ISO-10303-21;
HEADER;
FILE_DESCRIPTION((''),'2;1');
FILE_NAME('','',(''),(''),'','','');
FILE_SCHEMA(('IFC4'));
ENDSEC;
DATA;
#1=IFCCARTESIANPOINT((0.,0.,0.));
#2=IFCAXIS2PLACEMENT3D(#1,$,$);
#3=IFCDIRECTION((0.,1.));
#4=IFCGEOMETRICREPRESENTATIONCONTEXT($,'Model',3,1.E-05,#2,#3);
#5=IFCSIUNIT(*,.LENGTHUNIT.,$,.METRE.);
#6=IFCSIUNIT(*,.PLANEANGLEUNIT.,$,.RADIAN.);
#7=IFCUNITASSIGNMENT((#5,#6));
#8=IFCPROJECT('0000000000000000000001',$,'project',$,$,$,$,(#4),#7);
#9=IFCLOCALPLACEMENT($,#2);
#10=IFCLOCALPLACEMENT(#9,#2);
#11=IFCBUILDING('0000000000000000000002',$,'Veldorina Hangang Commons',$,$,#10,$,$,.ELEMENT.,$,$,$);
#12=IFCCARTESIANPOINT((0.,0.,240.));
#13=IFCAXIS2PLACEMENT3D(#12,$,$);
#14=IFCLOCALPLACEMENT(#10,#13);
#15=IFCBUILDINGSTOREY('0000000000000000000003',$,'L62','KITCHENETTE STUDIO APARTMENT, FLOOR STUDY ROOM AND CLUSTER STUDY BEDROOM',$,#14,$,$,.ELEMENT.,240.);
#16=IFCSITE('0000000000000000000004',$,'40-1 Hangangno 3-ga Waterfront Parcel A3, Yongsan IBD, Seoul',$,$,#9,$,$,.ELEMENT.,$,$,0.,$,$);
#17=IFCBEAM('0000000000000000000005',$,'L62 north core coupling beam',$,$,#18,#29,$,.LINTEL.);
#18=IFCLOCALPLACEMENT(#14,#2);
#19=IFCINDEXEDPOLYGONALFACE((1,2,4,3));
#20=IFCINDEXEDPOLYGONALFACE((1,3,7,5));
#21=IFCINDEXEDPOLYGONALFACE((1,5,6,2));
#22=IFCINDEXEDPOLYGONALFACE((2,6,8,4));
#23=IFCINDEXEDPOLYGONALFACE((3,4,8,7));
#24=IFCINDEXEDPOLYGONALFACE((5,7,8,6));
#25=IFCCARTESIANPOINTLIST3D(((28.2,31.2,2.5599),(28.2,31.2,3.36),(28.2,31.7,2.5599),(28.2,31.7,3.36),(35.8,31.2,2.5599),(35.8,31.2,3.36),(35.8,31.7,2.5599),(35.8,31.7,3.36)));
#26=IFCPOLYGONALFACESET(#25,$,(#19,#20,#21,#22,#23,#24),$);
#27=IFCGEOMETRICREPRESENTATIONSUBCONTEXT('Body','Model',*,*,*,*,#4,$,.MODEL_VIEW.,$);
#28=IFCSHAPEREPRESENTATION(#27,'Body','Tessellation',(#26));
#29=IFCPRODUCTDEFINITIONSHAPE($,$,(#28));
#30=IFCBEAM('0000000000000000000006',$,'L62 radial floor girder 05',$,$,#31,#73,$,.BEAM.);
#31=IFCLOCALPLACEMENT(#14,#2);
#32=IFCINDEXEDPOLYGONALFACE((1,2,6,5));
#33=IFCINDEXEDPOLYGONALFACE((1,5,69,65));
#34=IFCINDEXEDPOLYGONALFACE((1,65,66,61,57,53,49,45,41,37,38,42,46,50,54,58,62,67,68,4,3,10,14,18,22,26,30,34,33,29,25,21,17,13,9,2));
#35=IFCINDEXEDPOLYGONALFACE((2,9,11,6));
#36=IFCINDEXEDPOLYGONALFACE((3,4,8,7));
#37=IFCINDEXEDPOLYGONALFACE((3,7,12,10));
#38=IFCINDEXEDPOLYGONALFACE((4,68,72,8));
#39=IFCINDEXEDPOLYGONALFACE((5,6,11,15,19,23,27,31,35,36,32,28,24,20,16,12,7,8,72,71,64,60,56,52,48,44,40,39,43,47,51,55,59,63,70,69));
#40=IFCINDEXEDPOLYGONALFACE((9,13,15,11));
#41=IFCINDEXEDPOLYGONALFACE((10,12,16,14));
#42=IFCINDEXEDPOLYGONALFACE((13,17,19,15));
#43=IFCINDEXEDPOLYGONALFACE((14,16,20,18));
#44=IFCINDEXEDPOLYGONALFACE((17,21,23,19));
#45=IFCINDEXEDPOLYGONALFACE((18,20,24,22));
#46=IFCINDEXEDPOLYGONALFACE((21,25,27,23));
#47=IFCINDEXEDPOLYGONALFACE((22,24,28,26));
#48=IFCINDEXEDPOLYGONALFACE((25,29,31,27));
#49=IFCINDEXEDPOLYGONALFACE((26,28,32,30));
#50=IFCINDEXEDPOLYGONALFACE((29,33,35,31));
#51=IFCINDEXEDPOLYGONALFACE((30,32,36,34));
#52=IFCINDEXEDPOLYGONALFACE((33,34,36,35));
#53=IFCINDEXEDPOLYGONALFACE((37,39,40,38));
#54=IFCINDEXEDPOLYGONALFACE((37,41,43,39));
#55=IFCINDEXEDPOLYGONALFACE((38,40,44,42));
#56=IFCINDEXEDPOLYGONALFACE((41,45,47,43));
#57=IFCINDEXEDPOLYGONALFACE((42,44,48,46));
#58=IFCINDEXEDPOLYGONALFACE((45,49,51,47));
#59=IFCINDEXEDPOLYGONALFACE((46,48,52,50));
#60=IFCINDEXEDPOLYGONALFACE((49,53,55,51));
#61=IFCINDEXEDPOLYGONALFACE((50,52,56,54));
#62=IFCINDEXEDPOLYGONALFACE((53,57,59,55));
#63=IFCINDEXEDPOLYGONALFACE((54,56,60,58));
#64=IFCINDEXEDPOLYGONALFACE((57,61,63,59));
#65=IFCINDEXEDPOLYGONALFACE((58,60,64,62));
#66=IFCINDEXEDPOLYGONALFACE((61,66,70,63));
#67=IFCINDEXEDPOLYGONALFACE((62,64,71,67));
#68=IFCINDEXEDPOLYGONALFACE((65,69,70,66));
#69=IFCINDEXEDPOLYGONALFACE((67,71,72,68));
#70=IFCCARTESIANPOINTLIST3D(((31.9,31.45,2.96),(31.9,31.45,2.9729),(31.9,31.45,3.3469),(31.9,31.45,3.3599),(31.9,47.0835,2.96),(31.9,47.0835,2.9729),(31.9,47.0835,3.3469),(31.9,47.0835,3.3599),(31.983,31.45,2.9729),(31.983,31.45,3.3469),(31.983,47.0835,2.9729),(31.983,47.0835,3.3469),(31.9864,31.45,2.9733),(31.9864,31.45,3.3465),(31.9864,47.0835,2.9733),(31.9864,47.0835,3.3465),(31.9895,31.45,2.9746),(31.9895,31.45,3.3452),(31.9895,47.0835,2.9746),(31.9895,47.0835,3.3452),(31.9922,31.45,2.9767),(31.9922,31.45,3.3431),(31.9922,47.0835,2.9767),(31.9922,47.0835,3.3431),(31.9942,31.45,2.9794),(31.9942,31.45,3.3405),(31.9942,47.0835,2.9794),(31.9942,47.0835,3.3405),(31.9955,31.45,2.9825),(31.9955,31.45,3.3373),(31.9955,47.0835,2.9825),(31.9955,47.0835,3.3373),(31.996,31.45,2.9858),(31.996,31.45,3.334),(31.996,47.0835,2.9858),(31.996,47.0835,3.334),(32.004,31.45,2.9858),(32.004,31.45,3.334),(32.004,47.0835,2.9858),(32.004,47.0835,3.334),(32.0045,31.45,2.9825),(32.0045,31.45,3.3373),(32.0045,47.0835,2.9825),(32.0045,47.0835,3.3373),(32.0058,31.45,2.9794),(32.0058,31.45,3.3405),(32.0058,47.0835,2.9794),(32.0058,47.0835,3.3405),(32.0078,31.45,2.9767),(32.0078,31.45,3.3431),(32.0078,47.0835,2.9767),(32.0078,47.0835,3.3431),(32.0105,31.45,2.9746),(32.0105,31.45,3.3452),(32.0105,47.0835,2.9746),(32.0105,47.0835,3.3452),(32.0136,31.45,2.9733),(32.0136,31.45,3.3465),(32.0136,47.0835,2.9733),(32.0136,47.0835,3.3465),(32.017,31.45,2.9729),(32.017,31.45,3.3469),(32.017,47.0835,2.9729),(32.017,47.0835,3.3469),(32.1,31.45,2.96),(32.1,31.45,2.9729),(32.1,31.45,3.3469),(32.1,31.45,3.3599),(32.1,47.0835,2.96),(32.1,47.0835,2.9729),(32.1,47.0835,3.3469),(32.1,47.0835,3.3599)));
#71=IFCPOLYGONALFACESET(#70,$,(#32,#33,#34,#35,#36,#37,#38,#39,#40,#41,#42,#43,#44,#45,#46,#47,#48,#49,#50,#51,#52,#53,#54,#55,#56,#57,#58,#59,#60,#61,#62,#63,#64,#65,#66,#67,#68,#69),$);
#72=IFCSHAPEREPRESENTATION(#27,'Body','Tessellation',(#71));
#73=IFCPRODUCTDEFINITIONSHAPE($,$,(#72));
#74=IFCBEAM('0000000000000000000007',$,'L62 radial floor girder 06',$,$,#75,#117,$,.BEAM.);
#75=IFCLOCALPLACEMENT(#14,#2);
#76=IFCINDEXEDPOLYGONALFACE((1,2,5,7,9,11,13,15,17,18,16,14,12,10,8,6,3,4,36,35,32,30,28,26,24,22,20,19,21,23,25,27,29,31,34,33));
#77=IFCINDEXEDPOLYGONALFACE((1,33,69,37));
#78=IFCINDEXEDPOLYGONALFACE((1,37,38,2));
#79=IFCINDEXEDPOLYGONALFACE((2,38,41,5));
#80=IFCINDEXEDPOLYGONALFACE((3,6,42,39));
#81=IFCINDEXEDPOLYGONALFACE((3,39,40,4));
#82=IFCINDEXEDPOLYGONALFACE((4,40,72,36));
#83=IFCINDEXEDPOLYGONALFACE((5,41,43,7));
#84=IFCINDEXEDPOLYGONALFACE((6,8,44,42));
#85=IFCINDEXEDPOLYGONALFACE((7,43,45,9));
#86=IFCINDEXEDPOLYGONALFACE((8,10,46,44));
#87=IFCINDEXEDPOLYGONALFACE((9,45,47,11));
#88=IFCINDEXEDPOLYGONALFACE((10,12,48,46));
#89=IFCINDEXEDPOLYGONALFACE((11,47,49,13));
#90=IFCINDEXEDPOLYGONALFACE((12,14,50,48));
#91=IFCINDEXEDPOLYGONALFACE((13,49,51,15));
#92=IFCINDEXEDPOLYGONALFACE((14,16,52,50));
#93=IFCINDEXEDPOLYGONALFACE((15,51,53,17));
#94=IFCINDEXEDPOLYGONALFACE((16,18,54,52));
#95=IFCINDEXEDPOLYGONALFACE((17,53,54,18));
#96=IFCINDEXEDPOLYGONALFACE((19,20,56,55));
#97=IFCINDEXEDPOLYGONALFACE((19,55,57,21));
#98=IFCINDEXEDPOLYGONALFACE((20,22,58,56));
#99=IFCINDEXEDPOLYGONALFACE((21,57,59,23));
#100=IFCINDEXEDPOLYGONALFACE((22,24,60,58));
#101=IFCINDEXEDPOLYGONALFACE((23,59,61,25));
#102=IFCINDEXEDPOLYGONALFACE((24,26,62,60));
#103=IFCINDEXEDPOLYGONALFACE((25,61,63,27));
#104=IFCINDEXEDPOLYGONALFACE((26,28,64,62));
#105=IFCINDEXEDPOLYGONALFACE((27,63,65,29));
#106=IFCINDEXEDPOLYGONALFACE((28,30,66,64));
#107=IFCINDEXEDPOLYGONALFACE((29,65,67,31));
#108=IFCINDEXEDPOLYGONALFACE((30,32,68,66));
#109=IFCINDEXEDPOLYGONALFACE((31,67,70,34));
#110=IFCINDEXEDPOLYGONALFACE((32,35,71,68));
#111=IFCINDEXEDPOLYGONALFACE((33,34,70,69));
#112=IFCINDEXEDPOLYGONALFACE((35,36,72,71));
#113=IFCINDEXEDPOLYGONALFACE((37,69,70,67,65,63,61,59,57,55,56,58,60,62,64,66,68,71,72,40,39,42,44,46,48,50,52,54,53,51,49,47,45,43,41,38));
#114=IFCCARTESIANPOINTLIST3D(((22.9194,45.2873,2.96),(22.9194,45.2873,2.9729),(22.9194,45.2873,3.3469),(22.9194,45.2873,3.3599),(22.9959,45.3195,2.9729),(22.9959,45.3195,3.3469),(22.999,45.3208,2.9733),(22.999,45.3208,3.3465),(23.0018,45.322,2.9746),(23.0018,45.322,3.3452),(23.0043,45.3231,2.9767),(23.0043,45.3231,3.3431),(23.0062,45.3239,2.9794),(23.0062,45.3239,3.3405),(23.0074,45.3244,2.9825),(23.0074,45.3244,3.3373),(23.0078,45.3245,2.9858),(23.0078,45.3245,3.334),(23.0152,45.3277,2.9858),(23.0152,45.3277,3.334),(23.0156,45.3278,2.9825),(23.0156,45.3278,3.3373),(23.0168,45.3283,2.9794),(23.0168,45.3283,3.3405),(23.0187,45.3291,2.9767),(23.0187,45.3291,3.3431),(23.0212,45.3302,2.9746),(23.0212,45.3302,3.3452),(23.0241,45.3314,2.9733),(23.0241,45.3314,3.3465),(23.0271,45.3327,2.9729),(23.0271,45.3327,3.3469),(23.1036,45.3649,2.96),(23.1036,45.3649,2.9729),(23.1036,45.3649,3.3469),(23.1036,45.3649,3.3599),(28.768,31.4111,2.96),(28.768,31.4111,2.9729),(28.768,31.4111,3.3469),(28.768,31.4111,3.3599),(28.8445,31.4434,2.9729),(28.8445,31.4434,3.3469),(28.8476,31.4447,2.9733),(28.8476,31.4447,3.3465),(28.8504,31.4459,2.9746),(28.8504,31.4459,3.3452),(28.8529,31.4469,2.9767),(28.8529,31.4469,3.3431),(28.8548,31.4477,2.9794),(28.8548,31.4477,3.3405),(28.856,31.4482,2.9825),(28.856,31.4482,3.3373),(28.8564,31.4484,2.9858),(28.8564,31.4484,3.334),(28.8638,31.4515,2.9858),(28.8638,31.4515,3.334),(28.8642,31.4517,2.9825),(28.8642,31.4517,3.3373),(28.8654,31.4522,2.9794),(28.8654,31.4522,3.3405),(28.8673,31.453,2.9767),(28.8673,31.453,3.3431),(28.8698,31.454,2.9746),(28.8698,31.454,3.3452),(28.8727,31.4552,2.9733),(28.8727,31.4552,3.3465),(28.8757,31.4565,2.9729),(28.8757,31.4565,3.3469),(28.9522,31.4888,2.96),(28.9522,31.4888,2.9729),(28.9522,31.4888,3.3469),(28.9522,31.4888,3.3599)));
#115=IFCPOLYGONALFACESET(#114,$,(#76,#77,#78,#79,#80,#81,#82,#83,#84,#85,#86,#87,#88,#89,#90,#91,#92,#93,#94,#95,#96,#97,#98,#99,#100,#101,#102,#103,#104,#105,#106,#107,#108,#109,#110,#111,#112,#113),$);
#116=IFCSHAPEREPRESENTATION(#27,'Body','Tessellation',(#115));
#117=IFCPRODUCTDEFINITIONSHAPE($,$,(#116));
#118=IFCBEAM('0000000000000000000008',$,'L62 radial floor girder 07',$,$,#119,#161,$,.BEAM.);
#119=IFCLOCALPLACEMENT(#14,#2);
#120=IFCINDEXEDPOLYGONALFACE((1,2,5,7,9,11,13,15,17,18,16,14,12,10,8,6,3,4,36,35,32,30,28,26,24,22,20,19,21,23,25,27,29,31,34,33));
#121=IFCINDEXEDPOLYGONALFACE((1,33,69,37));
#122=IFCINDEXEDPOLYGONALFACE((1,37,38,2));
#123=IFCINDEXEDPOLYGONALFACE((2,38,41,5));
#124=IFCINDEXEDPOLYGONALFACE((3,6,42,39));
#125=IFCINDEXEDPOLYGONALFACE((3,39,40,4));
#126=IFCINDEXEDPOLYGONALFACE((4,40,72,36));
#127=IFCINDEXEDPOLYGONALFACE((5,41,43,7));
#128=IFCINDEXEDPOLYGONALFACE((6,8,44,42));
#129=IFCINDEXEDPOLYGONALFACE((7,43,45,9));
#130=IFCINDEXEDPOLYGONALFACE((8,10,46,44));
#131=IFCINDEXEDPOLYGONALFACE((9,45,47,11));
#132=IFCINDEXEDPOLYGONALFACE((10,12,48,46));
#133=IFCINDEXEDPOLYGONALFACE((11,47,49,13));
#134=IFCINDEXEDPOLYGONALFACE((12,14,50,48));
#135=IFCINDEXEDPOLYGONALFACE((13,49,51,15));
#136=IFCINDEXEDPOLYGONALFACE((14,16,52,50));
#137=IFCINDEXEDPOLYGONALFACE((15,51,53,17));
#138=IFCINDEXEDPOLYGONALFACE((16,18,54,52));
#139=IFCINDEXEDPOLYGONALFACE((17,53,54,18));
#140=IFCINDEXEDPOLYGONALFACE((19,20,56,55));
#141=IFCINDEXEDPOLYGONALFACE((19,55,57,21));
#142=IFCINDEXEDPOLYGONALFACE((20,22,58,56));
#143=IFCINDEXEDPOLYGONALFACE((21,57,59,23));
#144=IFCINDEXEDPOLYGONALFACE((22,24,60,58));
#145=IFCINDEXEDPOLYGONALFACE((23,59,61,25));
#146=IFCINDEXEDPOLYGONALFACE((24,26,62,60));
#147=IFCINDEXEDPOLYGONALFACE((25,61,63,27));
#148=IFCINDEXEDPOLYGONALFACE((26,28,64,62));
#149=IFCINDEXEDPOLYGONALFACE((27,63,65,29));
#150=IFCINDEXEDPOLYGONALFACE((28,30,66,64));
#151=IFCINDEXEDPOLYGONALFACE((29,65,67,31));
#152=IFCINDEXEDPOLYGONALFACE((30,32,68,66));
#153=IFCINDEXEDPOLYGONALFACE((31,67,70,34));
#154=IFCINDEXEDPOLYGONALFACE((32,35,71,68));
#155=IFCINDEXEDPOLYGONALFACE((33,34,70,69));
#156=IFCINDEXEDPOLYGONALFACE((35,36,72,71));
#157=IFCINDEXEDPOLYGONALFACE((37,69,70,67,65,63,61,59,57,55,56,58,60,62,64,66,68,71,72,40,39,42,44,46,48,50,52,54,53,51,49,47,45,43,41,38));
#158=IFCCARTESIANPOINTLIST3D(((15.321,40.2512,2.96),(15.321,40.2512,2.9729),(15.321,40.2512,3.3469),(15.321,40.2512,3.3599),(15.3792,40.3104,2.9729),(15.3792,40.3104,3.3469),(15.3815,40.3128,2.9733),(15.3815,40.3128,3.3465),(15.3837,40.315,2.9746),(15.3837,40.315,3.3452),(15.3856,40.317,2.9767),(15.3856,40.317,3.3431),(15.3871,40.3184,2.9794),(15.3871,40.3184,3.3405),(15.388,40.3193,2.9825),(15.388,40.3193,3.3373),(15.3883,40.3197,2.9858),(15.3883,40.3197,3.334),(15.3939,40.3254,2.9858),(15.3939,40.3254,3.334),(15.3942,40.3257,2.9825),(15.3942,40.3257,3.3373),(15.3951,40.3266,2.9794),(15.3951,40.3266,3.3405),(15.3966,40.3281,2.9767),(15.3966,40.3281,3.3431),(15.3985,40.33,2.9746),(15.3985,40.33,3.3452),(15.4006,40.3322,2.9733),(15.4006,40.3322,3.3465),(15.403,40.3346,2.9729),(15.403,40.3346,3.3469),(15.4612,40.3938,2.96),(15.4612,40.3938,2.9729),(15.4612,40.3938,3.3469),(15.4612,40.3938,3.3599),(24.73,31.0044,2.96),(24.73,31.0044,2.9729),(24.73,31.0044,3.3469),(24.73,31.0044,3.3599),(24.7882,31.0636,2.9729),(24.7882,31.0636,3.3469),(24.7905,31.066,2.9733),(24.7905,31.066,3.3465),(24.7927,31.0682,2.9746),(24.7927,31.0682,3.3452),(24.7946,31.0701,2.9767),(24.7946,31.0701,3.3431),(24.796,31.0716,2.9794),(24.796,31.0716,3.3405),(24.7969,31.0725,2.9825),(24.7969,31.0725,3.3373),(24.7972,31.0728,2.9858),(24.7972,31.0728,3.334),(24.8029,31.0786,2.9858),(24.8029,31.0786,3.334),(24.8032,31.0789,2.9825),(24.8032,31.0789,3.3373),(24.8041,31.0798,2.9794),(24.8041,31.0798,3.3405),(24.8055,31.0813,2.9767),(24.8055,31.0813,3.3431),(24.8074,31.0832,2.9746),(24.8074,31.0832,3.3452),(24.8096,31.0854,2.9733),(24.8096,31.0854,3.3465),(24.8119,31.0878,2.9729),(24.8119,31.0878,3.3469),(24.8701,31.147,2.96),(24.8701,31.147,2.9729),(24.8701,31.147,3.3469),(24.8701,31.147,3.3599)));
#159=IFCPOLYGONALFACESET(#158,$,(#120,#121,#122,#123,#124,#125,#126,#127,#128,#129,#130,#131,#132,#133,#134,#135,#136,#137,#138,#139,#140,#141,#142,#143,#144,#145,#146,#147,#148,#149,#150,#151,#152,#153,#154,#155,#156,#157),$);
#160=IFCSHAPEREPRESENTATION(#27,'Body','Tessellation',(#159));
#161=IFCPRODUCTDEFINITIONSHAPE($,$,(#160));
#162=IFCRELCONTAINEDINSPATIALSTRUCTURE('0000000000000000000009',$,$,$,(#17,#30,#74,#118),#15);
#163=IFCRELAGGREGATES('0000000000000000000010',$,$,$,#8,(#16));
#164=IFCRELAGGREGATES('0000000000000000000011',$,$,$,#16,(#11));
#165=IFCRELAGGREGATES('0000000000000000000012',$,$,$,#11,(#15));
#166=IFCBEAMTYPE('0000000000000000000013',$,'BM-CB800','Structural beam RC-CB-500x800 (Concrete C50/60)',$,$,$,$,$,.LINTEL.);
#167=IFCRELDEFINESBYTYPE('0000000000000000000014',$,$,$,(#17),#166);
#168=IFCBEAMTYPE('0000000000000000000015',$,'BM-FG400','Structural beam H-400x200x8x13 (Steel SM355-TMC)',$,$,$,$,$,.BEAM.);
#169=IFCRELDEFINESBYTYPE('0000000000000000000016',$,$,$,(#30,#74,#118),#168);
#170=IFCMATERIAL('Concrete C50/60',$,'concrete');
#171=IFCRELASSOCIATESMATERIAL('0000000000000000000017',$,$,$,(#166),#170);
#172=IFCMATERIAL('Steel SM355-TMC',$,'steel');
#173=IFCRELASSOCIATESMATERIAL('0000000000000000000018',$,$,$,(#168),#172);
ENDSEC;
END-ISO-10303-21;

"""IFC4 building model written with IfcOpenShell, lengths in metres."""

from ifc_helpers import new_model, si_unit, direction, frame, origin, origin_2d, place, context, subcontext, project, spatial, rectangle, i_section, extrude, material, material_profile, profile_set, type_object, element, save


model = new_model("IFC4")

# Units and contexts
model_context = context("Model", 3, precision=1e-05, world=origin(), true_north=direction((0.0, 1.0)))
body_context = subcontext(model_context, "Body", "Model", "MODEL_VIEW")
ifc_project = project(units=[si_unit("LENGTHUNIT", "METRE"), si_unit("PLANEANGLEUNIT", "RADIAN")], contexts=[model_context])

# Site, building, storey
site_placement = place(None, origin())
site = spatial("IfcSite", under=ifc_project, at=site_placement, Name="40-1 Hangangno 3-ga Waterfront Parcel A3, Yongsan IBD, Seoul", CompositionType="ELEMENT", RefElevation=0.0)
building_placement = place(site_placement, origin())
building = spatial("IfcBuilding", under=site, at=building_placement, Name="Veldorina Hangang Commons", CompositionType="ELEMENT")
storey_placement = place(building_placement, frame((0.0, 0.0, 240.0)))
storey = spatial("IfcBuildingStorey", under=building, at=storey_placement, Name="L62", Description="KITCHENETTE STUDIO APARTMENT, FLOOR STUDY ROOM AND CLUSTER STUDY BEDROOM", CompositionType="ELEMENT", Elevation=240.0)

# Beams
ifc_material_1 = material(Name="Concrete C50/60", Category="concrete")
ifc_material_profile_1 = material_profile(ifc_material_1, rectangle(XDim=0.5, YDim=0.8, at=origin_2d()), Name="RC-CB-500x800")
ifc_profile_set_1 = profile_set([ifc_material_profile_1], Name="Concrete C50/60")
beam_type_1 = type_object("IfcBeamType", Name="BM-CB800", Description="Structural beam RC-CB-500x800 (Concrete C50/60)", PredefinedType="LINTEL", material=ifc_profile_set_1)
beam_1_placement = place(storey_placement, frame((28.2, 31.45, 2.96), z_axis=(1.0, 0.0, 0.0), x_axis=(0.0, 1.0, 0.0)))
element("IfcBeam", 1, at=beam_1_placement, inside=storey, type_object=beam_type_1, Name="L62 north core coupling beam", PredefinedType="LINTEL", context=body_context, shape_type="SweptSolid", body=[
    extrude(rectangle(XDim=0.5, YDim=0.8, at=origin_2d()), origin(), (0.0, 0.0, 1.0), 7.6001),
])
ifc_material_2 = material(Name="Steel SM355-TMC", Category="steel")
ifc_material_profile_2 = material_profile(ifc_material_2, i_section(OverallWidth=0.2, OverallDepth=0.3999, WebThickness=0.0081, FlangeThickness=0.0129, FilletRadius=0.0129, at=origin_2d()), Name="H-400x200x8x13")
ifc_profile_set_2 = profile_set([ifc_material_profile_2], Name="Steel SM355-TMC")
beam_type_2 = type_object("IfcBeamType", Name="BM-FG400", Description="Structural beam H-400x200x8x13 (Steel SM355-TMC)", PredefinedType="BEAM", material=ifc_profile_set_2)
beam_2_placement = place(storey_placement, frame((32.0, 31.45, 3.1599), z_axis=(0.0, 1.0, 0.0), x_axis=(-1.0, 0.0, 0.0)))
element("IfcBeam", 2, at=beam_2_placement, inside=storey, type_object=beam_type_2, Name="L62 radial floor girder 05", PredefinedType="BEAM", context=body_context, shape_type="SweptSolid", body=[
    extrude(i_section(OverallWidth=0.2, OverallDepth=0.3999, WebThickness=0.0081, FlangeThickness=0.0129, FilletRadius=0.0129, at=origin_2d()), origin(), (0.0, 0.0, 1.0), 15.6335),
])
beam_3_placement = place(storey_placement, frame((28.8601, 31.45, 3.1599), z_axis=(-0.388396, 0.921492, 0.0), x_axis=(-0.921492, -0.388396, 0.0)))
element("IfcBeam", 3, at=beam_3_placement, inside=storey, type_object=beam_type_2, Name="L62 radial floor girder 06", PredefinedType="BEAM", context=body_context, shape_type="SweptSolid", body=[
    extrude(i_section(OverallWidth=0.2, OverallDepth=0.3999, WebThickness=0.0081, FlangeThickness=0.0129, FilletRadius=0.0129, at=origin_2d()), origin(), (0.0, 0.0, 1.0), 15.0583),
])
beam_4_placement = place(storey_placement, frame((24.8, 31.0757, 3.1599), z_axis=(-0.713224, 0.700936, 0.0), x_axis=(-0.700936, -0.713224, 0.0)))
element("IfcBeam", 4, at=beam_4_placement, inside=storey, type_object=beam_type_2, Name="L62 radial floor girder 07", PredefinedType="BEAM", context=body_context, shape_type="SweptSolid", body=[
    extrude(i_section(OverallWidth=0.2, OverallDepth=0.3999, WebThickness=0.0081, FlangeThickness=0.0129, FilletRadius=0.0129, at=origin_2d()), origin(), (0.0, 0.0, 1.0), 13.1921),
])

save(model, "model.ifc")
